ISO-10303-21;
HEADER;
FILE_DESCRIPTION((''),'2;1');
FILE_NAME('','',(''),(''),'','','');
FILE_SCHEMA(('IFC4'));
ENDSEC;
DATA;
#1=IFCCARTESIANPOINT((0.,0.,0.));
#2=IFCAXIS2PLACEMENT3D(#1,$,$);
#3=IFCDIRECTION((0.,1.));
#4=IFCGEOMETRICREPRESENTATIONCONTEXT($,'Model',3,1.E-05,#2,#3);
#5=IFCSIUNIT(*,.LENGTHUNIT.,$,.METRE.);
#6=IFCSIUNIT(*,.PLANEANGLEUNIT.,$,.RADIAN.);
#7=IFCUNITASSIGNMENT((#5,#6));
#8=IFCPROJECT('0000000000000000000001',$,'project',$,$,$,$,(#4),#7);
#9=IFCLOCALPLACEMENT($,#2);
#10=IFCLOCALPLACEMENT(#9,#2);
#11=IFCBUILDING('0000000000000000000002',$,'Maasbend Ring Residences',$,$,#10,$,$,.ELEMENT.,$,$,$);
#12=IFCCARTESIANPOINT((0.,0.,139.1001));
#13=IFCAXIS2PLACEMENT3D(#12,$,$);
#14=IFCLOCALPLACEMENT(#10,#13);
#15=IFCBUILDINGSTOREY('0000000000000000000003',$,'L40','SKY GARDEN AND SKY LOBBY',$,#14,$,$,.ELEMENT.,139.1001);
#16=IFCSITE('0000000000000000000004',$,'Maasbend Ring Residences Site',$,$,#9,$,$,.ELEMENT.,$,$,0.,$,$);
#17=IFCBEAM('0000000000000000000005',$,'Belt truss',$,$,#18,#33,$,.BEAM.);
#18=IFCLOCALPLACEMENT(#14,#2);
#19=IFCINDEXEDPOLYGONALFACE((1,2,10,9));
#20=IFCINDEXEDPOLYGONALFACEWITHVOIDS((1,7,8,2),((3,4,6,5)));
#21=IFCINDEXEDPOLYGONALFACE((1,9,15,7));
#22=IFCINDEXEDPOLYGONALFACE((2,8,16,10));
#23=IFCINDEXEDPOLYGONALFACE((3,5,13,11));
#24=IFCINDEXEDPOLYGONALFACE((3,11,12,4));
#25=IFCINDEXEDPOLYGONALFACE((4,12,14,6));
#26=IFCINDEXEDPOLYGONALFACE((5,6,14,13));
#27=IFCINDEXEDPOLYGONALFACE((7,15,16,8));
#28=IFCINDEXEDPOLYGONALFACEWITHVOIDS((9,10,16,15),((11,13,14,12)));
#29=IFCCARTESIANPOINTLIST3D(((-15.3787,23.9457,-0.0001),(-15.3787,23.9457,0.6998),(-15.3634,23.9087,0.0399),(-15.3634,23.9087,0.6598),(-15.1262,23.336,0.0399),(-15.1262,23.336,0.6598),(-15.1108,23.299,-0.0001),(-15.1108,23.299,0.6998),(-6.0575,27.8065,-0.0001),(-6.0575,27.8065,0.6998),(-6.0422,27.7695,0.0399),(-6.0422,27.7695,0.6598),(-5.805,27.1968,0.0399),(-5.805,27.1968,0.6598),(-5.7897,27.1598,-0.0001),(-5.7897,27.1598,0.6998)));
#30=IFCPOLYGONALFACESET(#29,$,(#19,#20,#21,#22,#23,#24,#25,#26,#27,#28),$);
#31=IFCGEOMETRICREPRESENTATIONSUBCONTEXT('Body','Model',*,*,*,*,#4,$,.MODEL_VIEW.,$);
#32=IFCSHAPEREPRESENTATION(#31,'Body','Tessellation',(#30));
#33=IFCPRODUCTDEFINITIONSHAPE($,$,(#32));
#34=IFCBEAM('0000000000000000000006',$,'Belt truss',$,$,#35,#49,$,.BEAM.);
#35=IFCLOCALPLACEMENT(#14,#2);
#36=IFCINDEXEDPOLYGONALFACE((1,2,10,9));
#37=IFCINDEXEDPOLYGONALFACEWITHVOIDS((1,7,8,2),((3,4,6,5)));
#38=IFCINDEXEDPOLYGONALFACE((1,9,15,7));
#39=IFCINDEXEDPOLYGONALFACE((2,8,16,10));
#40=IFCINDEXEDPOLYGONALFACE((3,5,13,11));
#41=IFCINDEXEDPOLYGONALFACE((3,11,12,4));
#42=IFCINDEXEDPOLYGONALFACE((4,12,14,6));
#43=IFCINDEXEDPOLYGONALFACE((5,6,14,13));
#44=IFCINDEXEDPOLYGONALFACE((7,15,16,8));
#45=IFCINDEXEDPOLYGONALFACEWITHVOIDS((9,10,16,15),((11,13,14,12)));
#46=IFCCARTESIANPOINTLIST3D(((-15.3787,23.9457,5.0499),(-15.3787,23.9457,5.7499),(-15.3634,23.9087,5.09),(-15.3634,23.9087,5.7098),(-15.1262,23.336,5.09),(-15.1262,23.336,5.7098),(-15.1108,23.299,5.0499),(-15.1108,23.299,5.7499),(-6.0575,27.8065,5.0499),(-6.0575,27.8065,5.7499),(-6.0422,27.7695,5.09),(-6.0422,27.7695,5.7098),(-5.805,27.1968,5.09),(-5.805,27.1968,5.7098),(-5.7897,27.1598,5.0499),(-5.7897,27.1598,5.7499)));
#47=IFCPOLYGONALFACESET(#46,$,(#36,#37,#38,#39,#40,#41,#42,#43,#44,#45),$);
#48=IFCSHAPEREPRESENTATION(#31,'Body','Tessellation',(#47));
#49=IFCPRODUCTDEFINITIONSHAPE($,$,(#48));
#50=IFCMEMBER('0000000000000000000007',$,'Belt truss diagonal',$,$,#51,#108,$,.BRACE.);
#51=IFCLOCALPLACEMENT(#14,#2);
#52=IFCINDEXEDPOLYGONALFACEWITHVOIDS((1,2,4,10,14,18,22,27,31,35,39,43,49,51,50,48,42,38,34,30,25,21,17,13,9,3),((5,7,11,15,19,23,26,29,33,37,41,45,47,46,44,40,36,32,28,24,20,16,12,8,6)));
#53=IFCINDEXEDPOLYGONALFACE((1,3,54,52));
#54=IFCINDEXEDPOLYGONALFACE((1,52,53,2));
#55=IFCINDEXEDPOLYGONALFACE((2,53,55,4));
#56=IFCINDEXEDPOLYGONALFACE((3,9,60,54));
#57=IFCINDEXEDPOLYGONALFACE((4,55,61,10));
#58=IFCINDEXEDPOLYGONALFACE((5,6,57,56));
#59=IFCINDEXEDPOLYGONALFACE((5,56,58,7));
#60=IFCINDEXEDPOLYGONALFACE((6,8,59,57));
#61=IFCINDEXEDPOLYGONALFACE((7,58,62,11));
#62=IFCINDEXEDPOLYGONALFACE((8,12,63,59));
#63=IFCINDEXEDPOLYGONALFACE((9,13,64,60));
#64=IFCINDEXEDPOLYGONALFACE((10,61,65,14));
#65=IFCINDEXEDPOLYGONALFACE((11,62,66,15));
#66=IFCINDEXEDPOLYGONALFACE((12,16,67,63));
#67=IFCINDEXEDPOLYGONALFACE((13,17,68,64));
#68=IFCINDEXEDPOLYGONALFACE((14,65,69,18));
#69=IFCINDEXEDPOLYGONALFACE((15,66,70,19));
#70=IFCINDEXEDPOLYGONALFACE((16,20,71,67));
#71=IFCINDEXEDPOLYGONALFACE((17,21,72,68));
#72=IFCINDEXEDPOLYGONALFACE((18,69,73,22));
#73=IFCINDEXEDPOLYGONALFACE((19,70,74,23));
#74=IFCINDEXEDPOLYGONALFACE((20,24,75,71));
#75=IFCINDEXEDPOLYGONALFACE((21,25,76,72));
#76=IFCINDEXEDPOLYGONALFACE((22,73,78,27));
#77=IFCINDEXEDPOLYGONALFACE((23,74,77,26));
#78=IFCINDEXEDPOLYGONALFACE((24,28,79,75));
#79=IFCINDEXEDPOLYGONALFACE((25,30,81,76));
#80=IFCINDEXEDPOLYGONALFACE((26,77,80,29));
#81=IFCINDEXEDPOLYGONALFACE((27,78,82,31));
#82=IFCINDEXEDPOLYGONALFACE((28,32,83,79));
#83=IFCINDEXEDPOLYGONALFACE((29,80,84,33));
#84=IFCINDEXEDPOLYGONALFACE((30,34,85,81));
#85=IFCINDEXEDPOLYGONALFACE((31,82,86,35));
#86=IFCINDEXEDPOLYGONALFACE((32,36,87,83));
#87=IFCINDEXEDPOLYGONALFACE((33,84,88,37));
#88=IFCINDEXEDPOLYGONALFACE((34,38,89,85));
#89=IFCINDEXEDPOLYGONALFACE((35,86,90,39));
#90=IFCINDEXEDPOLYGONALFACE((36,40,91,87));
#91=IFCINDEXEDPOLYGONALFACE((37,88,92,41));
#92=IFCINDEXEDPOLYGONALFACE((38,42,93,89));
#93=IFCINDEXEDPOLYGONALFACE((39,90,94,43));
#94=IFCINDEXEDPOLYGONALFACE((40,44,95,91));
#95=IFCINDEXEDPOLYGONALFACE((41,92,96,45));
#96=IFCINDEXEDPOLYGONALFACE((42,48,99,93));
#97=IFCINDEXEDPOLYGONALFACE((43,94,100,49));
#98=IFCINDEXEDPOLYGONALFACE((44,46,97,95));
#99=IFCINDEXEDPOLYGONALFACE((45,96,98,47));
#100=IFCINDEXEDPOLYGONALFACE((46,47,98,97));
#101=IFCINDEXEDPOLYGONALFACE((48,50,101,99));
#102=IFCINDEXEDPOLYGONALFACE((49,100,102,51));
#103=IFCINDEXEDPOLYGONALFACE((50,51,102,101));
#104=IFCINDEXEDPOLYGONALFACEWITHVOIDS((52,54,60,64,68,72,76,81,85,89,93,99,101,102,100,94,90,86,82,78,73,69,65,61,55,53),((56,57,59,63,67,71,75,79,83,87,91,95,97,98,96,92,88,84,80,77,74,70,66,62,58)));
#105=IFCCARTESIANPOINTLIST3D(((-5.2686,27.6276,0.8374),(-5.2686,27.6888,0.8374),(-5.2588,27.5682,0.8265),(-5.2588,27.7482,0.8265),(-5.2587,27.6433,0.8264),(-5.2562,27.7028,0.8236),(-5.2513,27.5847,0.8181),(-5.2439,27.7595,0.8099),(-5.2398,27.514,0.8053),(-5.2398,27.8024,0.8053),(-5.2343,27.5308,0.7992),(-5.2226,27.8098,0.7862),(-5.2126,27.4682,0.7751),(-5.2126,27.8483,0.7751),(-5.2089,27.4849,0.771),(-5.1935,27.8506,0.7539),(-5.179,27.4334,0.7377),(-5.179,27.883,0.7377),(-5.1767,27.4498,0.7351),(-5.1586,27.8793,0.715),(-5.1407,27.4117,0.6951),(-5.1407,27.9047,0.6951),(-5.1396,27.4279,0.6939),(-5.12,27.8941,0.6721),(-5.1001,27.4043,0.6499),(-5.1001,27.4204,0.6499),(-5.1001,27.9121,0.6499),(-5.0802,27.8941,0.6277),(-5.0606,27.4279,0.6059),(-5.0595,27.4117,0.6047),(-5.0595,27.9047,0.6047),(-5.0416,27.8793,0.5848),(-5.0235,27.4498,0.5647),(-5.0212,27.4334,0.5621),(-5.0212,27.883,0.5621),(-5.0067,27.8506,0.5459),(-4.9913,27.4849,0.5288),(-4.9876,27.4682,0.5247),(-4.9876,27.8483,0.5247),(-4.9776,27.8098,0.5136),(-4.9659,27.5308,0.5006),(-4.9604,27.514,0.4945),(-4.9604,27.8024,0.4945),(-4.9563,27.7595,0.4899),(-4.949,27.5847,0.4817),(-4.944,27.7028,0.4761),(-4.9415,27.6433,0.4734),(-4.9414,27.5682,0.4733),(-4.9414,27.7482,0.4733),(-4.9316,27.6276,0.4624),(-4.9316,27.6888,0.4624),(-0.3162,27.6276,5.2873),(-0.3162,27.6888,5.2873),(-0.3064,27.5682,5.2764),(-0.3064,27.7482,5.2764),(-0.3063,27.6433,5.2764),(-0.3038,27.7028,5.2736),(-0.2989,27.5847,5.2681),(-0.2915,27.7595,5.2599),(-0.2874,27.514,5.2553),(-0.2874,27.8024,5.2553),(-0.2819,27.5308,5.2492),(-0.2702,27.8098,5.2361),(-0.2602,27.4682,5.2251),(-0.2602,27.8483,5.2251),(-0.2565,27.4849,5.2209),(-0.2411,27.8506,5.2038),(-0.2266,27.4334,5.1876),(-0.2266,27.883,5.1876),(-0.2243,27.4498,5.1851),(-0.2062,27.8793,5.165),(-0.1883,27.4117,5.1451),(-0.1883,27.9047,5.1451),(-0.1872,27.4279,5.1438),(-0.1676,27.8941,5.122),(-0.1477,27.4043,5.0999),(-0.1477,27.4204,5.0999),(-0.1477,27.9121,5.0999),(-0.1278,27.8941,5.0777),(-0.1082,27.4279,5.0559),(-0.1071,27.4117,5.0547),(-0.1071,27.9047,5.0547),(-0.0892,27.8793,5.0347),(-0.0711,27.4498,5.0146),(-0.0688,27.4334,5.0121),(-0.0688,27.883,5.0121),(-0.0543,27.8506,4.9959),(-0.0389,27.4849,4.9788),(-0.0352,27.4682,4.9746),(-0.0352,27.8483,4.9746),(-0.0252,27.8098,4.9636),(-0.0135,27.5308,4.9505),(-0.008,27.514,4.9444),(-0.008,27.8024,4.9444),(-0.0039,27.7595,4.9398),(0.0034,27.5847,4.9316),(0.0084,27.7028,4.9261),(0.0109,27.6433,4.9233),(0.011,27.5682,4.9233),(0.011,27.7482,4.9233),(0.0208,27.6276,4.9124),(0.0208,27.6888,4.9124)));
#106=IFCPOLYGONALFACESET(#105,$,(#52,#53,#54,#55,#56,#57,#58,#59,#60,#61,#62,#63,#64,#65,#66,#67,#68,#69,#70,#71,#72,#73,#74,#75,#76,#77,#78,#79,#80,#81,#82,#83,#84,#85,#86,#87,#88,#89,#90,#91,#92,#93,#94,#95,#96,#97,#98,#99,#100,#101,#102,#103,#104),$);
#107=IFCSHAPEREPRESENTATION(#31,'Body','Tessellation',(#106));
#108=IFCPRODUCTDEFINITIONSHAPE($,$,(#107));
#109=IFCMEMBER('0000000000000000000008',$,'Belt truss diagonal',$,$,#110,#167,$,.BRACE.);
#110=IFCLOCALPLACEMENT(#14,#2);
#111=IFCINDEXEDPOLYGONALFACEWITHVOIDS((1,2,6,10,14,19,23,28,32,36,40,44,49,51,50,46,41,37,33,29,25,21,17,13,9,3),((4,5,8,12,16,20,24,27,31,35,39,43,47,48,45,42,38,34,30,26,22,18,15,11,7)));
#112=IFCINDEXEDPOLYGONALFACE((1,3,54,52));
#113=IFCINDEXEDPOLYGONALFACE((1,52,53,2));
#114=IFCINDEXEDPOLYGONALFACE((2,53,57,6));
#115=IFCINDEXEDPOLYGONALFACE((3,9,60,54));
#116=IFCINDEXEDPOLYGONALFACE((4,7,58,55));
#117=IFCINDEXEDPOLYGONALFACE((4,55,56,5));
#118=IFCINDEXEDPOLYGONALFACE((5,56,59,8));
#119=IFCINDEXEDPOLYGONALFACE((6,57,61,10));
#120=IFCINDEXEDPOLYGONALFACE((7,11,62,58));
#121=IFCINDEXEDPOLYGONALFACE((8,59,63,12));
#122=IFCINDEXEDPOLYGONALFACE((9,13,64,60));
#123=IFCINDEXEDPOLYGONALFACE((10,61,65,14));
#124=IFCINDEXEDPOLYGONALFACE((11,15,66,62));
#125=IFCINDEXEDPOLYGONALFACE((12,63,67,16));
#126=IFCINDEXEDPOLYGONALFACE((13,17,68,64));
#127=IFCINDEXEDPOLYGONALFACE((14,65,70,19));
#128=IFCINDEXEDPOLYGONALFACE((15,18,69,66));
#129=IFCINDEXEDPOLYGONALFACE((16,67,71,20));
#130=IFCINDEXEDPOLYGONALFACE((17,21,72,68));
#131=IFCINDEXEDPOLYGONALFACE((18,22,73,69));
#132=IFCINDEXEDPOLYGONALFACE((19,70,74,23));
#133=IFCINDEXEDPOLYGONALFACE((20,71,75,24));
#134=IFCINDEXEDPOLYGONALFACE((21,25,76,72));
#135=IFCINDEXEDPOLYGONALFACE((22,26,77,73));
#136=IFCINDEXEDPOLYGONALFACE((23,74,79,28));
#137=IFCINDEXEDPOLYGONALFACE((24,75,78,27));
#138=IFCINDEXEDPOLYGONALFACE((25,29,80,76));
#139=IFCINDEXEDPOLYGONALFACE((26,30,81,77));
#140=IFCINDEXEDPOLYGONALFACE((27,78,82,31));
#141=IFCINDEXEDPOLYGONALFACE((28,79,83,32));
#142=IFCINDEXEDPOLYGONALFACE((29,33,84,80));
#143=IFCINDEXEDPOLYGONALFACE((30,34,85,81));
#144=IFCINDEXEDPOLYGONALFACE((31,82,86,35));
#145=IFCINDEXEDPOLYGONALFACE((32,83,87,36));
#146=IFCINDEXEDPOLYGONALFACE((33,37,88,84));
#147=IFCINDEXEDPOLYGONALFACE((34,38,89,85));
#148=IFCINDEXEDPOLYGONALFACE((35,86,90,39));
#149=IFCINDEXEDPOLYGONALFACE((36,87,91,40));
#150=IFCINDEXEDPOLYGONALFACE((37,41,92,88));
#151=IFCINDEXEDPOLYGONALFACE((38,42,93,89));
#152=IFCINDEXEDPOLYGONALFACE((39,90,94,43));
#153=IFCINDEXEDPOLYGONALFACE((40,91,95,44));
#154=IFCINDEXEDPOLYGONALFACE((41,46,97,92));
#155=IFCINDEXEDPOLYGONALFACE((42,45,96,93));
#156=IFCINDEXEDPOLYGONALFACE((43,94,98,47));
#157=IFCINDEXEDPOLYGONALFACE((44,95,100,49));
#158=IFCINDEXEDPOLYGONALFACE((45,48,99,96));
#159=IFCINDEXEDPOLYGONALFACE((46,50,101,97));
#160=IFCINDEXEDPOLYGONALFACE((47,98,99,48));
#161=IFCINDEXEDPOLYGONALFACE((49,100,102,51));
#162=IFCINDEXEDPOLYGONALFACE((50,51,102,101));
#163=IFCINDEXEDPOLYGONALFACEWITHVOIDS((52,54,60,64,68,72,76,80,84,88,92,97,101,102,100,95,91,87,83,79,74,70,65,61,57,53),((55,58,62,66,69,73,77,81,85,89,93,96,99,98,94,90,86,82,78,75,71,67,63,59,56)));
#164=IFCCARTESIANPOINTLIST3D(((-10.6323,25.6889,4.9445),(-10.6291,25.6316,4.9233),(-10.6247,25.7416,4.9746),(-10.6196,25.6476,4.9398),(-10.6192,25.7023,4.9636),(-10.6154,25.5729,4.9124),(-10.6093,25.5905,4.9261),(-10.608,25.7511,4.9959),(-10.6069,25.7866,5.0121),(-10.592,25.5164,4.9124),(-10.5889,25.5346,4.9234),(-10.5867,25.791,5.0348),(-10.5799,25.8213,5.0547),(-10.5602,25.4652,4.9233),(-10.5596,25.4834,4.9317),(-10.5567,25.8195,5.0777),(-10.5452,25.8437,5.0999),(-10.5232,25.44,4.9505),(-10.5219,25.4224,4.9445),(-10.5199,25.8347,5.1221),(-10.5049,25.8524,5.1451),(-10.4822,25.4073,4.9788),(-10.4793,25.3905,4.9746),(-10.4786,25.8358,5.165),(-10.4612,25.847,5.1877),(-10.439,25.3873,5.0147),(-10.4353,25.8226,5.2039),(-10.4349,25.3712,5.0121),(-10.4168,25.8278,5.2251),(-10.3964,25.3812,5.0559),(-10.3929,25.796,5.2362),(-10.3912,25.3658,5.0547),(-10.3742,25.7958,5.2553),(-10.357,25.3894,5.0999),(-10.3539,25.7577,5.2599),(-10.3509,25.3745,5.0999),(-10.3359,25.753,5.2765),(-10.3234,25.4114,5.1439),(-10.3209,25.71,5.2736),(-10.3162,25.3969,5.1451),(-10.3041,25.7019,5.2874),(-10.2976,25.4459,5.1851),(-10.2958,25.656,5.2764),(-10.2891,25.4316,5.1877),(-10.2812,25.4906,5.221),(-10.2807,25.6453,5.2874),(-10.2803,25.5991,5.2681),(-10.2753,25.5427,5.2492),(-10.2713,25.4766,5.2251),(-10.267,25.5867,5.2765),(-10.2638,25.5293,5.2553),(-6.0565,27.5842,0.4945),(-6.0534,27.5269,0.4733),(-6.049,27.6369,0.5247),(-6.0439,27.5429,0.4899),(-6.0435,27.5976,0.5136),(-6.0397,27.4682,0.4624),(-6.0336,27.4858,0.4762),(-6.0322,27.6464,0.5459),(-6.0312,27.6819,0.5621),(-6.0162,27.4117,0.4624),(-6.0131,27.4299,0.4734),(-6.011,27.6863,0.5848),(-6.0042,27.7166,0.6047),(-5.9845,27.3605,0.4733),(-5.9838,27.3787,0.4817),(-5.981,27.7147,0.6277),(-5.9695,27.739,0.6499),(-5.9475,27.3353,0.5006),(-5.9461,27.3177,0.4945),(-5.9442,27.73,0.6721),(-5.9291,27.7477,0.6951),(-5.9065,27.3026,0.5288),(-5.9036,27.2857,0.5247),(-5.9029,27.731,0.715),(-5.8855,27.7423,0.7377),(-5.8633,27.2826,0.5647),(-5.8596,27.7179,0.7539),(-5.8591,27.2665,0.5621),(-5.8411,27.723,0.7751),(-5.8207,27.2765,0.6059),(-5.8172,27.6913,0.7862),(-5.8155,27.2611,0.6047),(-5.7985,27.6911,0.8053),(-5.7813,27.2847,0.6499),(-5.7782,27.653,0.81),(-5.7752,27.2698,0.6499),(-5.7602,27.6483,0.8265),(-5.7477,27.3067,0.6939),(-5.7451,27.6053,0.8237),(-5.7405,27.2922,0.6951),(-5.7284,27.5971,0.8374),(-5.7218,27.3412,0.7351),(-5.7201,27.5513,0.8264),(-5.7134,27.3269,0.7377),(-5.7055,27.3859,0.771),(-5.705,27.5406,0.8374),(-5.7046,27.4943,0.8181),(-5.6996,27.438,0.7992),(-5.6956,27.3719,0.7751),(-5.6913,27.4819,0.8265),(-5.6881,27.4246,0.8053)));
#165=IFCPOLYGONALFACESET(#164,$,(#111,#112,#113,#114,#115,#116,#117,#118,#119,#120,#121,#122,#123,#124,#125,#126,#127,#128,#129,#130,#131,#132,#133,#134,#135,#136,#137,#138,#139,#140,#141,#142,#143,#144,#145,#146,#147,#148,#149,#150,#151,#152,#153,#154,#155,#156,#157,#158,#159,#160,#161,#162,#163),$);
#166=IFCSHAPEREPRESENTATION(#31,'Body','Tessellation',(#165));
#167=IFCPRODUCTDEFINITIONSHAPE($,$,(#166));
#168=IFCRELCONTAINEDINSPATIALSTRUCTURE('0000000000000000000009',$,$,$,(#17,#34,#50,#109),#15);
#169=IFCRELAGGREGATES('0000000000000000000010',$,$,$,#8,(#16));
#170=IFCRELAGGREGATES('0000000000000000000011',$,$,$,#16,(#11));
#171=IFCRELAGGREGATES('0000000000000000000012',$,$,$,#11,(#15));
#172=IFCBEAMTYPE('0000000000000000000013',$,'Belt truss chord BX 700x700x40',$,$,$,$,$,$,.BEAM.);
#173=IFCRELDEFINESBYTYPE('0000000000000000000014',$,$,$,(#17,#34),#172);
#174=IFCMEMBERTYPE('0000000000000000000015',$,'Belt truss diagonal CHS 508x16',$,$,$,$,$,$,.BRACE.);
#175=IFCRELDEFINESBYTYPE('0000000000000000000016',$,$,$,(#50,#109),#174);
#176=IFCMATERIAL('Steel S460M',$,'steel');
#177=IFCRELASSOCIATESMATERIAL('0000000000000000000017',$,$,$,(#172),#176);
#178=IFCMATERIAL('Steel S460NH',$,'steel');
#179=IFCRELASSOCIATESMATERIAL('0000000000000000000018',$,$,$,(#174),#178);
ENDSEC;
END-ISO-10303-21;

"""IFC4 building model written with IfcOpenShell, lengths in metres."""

from ifc_helpers import new_model, si_unit, direction, frame, origin, origin_2d, place, context, subcontext, project, spatial, hollow_rectangle, hollow_circle, extrude, material, material_profile, profile_set, type_object, element, save


model = new_model("IFC4")

# Units and contexts
model_context = context("Model", 3, precision=1e-05, world=origin(), true_north=direction((0.0, 1.0)))
body_context = subcontext(model_context, "Body", "Model", "MODEL_VIEW")
ifc_project = project(units=[si_unit("LENGTHUNIT", "METRE"), si_unit("PLANEANGLEUNIT", "RADIAN")], contexts=[model_context])

# Site, building, storey
site_placement = place(None, origin())
site = spatial("IfcSite", under=ifc_project, at=site_placement, Name="Maasbend Ring Residences Site", CompositionType="ELEMENT", RefElevation=0.0)
building_placement = place(site_placement, origin())
building = spatial("IfcBuilding", under=site, at=building_placement, Name="Maasbend Ring Residences", CompositionType="ELEMENT")
storey_placement = place(building_placement, frame((0.0, 0.0, 139.1001)))
storey = spatial("IfcBuildingStorey", under=building, at=storey_placement, Name="L40", Description="SKY GARDEN AND SKY LOBBY", CompositionType="ELEMENT", Elevation=139.1001)

# Beams
ifc_material_1 = material(Name="Steel S460M", Category="steel")
ifc_material_profile_1 = material_profile(ifc_material_1, hollow_rectangle(XDim=0.7, YDim=0.7, WallThickness=0.04, at=origin_2d()), Name="Belt truss chord BX 700x700x40")
ifc_profile_set_1 = profile_set([ifc_material_profile_1], Name="Steel S460M")
beam_type_1 = type_object("IfcBeamType", Name="Belt truss chord BX 700x700x40", PredefinedType="BEAM", material=ifc_profile_set_1)
for number, where, z_axis, x_axis, name in (
    (1, (-5.9236, 27.4832, 0.3499), (-0.923885, -0.38267, 0.0), (0.38267, -0.923885, 0.0), "Belt truss"),
    (2, (-5.9236, 27.4832, 5.3999), (-0.923885, -0.38267, 0.0), (0.38267, -0.923885, 0.0), "Belt truss"),
):
    element("IfcBeam", number, at=place(storey_placement, frame(where, z_axis=z_axis, x_axis=x_axis)), inside=storey, type_object=beam_type_1, Name=name, PredefinedType="BEAM", context=body_context, shape_type="SweptSolid", body=[
        extrude(hollow_rectangle(XDim=0.7, YDim=0.7, WallThickness=0.04, at=origin_2d()), origin(), (0.0, 0.0, 1.0), 10.0891),
    ])

# Members
ifc_material_2 = material(Name="Steel S460NH", Category="steel")
ifc_material_profile_2 = material_profile(ifc_material_2, hollow_circle(Radius=0.2539, WallThickness=0.0161, at=origin_2d()), Name="Belt truss diagonal CHS 508x16")
ifc_profile_set_2 = profile_set([ifc_material_profile_2], Name="Steel S460NH")
member_type_1 = type_object("IfcMemberType", Name="Belt truss diagonal CHS 508x16", PredefinedType="BRACE", material=ifc_profile_set_2)
member_placement = place(storey_placement, frame((-0.1477, 27.6582, 5.0999), z_axis=(-0.743832, 0.0, -0.668367), x_axis=(0.0, -1.0, 0.0)))
element("IfcMember", 3, at=member_placement, inside=storey, type_object=member_type_1, Name="Belt truss diagonal", PredefinedType="BRACE", context=body_context, shape_type="SweptSolid", body=[
    extrude(hollow_circle(Radius=0.2539, WallThickness=0.0161, at=origin_2d()), origin(), (0.0, 0.0, 1.0), 6.658),
])
for number, where, z_axis, x_axis, name in (
    (4, (-5.8723, 27.5044, 0.6499), (-0.68723, -0.284653, 0.668346), (0.382675, -0.923883, 0.0), "Belt truss diagonal"),
):
    element("IfcMember", number, at=place(storey_placement, frame(where, z_axis=z_axis, x_axis=x_axis)), inside=storey, type_object=member_type_1, Name=name, PredefinedType="BRACE", context=body_context, shape_type="SweptSolid", body=[
        extrude(hollow_circle(Radius=0.2539, WallThickness=0.0161, at=origin_2d()), origin(), (0.0, 0.0, 1.0), 6.6582),
    ])

save(model, "model.ifc")
